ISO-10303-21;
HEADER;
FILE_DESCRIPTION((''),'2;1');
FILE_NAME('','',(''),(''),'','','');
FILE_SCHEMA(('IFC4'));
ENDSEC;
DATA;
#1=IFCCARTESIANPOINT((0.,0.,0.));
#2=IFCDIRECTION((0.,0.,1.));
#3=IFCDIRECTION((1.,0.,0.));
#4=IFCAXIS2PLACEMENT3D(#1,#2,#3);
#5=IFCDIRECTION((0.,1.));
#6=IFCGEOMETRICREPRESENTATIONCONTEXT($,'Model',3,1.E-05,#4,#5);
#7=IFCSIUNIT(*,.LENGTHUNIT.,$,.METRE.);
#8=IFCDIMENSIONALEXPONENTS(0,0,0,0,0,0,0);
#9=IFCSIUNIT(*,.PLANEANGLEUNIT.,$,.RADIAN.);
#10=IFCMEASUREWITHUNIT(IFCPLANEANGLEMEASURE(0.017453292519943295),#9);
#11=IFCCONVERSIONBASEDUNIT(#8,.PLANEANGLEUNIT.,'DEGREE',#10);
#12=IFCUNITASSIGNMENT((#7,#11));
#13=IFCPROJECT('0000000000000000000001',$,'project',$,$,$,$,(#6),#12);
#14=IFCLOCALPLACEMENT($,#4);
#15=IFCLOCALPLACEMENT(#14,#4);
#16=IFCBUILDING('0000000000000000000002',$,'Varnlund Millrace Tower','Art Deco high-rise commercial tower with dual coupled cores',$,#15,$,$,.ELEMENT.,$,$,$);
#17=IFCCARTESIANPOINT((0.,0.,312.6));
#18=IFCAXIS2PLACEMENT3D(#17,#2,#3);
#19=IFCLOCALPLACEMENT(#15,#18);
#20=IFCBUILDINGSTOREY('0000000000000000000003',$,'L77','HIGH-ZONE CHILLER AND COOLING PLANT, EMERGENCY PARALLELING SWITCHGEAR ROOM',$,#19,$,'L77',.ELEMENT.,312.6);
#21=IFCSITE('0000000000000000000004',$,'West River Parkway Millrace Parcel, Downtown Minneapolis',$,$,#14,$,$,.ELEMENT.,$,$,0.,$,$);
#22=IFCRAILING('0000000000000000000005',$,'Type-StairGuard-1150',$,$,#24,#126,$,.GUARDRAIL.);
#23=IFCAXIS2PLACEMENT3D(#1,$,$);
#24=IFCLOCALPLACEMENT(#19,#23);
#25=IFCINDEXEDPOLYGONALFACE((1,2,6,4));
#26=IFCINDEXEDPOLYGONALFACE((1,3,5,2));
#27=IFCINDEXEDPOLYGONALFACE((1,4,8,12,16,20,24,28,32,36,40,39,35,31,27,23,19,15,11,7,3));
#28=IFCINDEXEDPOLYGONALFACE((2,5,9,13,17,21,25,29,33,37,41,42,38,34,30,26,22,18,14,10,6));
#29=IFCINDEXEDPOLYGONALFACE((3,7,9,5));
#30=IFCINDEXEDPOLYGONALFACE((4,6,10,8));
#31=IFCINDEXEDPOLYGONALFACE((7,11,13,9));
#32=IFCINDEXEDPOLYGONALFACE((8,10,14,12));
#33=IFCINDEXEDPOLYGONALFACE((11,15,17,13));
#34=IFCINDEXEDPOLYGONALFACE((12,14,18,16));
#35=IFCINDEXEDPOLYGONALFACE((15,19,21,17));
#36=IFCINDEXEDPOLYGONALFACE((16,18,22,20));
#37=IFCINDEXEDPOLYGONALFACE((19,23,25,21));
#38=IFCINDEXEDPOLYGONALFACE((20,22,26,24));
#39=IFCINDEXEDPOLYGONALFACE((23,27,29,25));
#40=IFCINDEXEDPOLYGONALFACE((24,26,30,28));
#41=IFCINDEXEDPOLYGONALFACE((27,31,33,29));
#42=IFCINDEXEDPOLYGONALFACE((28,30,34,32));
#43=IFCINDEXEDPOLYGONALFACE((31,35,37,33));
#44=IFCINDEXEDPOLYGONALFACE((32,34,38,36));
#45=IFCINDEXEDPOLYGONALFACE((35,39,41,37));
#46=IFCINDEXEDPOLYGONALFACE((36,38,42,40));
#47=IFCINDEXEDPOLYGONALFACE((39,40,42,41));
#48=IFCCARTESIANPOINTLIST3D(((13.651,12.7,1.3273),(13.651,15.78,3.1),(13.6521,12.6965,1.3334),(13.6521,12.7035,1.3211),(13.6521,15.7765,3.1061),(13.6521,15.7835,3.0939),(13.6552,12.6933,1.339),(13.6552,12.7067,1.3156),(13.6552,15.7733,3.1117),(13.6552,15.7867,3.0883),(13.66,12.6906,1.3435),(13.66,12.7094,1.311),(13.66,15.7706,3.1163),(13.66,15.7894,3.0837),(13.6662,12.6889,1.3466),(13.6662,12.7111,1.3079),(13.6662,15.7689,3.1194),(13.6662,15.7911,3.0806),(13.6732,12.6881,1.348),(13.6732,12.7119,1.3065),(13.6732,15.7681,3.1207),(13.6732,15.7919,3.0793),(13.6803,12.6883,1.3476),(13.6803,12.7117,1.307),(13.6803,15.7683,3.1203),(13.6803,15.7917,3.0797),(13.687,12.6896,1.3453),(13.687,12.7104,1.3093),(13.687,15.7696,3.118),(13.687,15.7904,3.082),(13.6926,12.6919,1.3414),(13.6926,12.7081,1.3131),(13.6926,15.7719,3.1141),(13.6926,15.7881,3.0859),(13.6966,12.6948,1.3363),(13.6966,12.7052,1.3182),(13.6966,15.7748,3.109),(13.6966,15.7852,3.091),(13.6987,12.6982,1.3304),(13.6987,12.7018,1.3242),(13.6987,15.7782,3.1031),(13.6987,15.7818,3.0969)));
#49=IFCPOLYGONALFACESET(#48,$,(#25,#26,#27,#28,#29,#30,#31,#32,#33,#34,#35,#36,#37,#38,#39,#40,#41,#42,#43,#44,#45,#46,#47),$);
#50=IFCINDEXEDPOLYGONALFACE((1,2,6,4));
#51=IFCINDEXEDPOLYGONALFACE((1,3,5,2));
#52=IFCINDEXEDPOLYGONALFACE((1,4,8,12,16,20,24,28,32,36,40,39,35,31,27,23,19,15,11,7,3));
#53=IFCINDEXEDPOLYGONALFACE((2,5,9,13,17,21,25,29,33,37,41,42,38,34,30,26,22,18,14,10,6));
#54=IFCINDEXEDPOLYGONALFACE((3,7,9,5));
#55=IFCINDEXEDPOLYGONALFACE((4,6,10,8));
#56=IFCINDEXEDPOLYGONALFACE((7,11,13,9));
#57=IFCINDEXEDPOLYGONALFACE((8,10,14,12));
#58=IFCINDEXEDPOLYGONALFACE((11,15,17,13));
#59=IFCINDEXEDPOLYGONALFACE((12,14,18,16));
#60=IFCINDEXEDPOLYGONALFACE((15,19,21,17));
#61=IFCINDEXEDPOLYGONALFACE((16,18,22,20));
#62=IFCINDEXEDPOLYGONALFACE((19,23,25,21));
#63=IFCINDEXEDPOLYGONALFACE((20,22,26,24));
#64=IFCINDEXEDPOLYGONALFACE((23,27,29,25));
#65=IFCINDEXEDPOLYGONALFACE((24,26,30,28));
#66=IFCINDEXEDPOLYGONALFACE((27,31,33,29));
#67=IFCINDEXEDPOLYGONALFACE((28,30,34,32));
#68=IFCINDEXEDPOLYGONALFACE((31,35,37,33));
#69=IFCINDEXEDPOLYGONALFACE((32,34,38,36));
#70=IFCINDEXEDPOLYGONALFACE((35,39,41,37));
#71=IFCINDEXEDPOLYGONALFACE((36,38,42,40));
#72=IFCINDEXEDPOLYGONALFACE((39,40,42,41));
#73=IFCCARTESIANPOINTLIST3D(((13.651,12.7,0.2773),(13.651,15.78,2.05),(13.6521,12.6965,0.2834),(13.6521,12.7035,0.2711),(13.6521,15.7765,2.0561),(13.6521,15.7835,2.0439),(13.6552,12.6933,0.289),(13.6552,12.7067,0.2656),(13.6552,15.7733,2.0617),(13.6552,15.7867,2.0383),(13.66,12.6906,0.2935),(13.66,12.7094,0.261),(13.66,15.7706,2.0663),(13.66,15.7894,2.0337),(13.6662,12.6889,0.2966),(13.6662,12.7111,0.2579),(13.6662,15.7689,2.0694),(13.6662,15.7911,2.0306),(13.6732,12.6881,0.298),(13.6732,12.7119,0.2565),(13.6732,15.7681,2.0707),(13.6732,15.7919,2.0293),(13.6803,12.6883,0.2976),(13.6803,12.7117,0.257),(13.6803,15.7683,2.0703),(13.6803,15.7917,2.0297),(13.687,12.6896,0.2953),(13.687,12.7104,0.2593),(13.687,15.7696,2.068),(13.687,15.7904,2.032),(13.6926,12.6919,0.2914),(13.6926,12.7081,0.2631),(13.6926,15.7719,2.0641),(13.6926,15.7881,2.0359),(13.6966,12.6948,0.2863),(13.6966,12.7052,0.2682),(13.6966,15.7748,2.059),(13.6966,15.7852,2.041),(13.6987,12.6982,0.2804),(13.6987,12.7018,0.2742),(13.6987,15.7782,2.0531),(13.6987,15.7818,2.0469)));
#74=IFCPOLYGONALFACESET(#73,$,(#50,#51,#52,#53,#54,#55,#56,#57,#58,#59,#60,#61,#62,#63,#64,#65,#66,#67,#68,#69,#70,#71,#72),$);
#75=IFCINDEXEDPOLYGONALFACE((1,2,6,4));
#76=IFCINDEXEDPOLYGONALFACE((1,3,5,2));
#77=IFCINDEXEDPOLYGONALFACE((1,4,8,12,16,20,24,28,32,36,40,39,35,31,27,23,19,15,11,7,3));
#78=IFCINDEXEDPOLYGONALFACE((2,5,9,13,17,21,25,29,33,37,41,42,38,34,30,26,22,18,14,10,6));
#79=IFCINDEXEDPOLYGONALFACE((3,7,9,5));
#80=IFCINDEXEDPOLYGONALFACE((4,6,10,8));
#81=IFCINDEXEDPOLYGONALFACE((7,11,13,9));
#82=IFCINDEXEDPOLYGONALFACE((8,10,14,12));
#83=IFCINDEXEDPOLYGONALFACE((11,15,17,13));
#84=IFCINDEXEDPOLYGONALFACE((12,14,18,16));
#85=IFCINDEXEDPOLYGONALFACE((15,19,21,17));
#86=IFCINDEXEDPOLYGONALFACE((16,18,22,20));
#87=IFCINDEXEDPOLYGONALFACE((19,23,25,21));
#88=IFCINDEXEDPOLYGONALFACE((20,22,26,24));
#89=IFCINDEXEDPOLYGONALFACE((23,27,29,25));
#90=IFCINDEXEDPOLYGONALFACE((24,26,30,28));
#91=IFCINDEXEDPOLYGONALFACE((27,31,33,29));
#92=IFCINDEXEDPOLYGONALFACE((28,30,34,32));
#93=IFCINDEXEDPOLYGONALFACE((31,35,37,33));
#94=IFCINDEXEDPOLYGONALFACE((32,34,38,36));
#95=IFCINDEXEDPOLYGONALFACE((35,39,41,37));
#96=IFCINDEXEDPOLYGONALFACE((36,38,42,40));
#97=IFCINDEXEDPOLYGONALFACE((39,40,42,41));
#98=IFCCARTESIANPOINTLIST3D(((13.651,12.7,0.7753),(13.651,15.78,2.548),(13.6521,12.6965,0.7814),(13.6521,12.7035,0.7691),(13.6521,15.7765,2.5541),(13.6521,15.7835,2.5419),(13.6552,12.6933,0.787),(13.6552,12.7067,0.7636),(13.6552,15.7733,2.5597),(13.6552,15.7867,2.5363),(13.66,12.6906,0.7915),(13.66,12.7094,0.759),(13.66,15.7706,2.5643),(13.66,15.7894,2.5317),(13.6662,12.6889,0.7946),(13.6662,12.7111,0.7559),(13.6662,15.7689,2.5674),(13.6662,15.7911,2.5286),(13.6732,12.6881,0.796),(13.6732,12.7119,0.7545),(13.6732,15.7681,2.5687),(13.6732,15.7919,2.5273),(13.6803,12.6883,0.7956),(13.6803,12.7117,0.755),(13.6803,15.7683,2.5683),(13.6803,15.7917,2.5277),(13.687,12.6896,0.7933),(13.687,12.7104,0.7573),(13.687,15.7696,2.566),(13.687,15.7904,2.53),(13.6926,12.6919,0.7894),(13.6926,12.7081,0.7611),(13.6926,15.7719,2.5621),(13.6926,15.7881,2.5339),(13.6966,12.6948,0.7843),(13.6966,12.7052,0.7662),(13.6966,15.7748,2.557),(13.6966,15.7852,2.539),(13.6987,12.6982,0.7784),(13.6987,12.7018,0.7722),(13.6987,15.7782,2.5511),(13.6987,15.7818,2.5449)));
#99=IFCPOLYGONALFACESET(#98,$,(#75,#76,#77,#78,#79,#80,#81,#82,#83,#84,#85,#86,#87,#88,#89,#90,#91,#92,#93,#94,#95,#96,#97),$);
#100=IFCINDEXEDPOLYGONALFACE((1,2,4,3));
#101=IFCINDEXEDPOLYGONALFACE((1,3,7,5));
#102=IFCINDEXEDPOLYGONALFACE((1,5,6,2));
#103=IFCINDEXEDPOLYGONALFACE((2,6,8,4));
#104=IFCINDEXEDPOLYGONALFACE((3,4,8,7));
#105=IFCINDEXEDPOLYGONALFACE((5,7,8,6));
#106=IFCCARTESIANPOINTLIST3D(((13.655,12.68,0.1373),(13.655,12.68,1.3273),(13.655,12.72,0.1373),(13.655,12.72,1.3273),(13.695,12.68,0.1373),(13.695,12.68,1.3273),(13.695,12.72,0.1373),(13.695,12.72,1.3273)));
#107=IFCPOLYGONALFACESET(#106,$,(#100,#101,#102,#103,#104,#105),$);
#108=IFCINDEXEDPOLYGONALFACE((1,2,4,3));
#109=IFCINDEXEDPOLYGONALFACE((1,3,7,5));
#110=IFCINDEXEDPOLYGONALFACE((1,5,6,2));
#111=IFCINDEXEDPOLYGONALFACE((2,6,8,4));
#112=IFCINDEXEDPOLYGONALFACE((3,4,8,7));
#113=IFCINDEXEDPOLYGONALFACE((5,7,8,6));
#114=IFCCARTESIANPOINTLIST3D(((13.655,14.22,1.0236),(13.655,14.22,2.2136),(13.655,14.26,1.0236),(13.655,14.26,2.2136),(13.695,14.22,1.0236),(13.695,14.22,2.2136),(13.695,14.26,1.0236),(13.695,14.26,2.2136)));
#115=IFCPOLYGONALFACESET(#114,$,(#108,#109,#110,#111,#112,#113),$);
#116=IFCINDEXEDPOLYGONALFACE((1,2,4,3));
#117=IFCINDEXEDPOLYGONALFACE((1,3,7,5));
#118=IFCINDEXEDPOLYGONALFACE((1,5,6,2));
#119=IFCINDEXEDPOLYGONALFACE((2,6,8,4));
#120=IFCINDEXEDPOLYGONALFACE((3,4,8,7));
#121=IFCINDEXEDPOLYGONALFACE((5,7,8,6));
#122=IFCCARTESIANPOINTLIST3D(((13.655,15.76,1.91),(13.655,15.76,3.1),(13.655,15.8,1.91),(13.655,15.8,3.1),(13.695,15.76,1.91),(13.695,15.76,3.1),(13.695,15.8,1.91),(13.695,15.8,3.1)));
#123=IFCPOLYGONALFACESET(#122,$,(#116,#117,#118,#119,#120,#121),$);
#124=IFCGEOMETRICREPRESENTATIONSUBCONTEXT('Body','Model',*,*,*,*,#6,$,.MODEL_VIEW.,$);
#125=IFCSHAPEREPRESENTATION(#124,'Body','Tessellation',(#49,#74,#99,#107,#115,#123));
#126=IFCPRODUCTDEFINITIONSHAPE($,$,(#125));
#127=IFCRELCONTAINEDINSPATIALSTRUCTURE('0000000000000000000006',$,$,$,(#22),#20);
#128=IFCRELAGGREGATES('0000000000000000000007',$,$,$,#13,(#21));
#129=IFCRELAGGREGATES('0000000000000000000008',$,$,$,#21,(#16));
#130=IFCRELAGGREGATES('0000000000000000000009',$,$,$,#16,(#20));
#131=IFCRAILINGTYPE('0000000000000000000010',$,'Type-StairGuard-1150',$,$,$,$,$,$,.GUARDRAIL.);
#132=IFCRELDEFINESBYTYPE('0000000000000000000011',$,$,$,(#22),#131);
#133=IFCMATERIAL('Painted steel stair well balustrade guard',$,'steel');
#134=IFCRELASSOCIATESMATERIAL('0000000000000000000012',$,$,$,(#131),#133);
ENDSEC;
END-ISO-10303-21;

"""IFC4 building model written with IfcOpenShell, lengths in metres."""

from ifc_helpers import new_model, entity, si_unit, converted_unit, direction, frame, origin_with_axes, origin_2d_with_axis, place, context, subcontext, project, spatial, rectangle, circle, extrude, material, type_object, element, save


model = new_model("IFC4")

# Units and contexts
model_context = context("Model", 3, precision=1e-05, world=origin_with_axes(), true_north=direction((0.0, 1.0)))
body_context = subcontext(model_context, "Body", "Model", "MODEL_VIEW")
ifc_project = project(units=[si_unit("LENGTHUNIT", "METRE"), converted_unit("PLANEANGLEUNIT", "DEGREE", entity("IfcPlaneAngleMeasure", 0.017453292519943295), si_unit("PLANEANGLEUNIT", "RADIAN"), dimensions=[0, 0, 0, 0, 0, 0, 0])], contexts=[model_context])

# Site, building, storey
site_placement = place(None, origin_with_axes())
site = spatial("IfcSite", under=ifc_project, at=site_placement, Name="West River Parkway Millrace Parcel, Downtown Minneapolis", CompositionType="ELEMENT", RefElevation=0.0)
building_placement = place(site_placement, origin_with_axes())
building = spatial("IfcBuilding", under=site, at=building_placement, Name="Varnlund Millrace Tower", Description="Art Deco high-rise commercial tower with dual coupled cores", CompositionType="ELEMENT")
storey_placement = place(building_placement, frame((0.0, 0.0, 312.6), z_axis=(0.0, 0.0, 1.0), x_axis=(1.0, 0.0, 0.0)))
storey = spatial("IfcBuildingStorey", under=building, at=storey_placement, Name="L77", Description="HIGH-ZONE CHILLER AND COOLING PLANT, EMERGENCY PARALLELING SWITCHGEAR ROOM", LongName="L77", CompositionType="ELEMENT", Elevation=312.6)

# Railing
ifc_material_1 = material(Name="Painted steel stair well balustrade guard", Category="steel")
railing_type_1 = type_object("IfcRailingType", Name="Type-StairGuard-1150", PredefinedType="GUARDRAIL", material=ifc_material_1)
railing_1_placement = place(storey_placement, frame((0.0, 0.0, -312.6), z_axis=(0.0, 0.0, 1.0), x_axis=(1.0, 0.0, 0.0)))
element("IfcRailing", 1, at=railing_1_placement, inside=storey, type_object=railing_type_1, Name="Type-StairGuard-1150", PredefinedType="GUARDRAIL", context=body_context, shape_type="SweptSolid", body=[
    extrude(circle(Radius=0.024, at=origin_2d_with_axis()), frame((13.675, 12.7, 313.9273), z_axis=(0.0, 0.866696, 0.498836), x_axis=(-1.0, 0.0, 0.0)), (0.0, 0.0, 1.0), 3.5537),
    extrude(circle(Radius=0.024, at=origin_2d_with_axis()), frame((13.675, 12.7, 312.8773), z_axis=(0.0, 0.866696, 0.498836), x_axis=(-1.0, 0.0, 0.0)), (0.0, 0.0, 1.0), 3.5537),
    extrude(circle(Radius=0.024, at=origin_2d_with_axis()), frame((13.675, 12.7, 313.3753), z_axis=(0.0, 0.866696, 0.498836), x_axis=(-1.0, 0.0, 0.0)), (0.0, 0.0, 1.0), 3.5537),
    extrude(rectangle(XDim=0.04, YDim=0.04, at=origin_2d_with_axis()), frame((13.675, 12.7, 312.7373), z_axis=(0.0, 0.0, 1.0), x_axis=(1.0, 0.0, 0.0)), (0.0, 0.0, 1.0), 1.19),
    extrude(rectangle(XDim=0.04, YDim=0.04, at=origin_2d_with_axis()), frame((13.675, 14.24, 313.6236), z_axis=(0.0, 0.0, 1.0), x_axis=(1.0, 0.0, 0.0)), (0.0, 0.0, 1.0), 1.19),
    extrude(rectangle(XDim=0.04, YDim=0.04, at=origin_2d_with_axis()), frame((13.675, 15.78, 314.51), z_axis=(0.0, 0.0, 1.0), x_axis=(1.0, 0.0, 0.0)), (0.0, 0.0, 1.0), 1.19),
])

save(model, "model.ifc")
